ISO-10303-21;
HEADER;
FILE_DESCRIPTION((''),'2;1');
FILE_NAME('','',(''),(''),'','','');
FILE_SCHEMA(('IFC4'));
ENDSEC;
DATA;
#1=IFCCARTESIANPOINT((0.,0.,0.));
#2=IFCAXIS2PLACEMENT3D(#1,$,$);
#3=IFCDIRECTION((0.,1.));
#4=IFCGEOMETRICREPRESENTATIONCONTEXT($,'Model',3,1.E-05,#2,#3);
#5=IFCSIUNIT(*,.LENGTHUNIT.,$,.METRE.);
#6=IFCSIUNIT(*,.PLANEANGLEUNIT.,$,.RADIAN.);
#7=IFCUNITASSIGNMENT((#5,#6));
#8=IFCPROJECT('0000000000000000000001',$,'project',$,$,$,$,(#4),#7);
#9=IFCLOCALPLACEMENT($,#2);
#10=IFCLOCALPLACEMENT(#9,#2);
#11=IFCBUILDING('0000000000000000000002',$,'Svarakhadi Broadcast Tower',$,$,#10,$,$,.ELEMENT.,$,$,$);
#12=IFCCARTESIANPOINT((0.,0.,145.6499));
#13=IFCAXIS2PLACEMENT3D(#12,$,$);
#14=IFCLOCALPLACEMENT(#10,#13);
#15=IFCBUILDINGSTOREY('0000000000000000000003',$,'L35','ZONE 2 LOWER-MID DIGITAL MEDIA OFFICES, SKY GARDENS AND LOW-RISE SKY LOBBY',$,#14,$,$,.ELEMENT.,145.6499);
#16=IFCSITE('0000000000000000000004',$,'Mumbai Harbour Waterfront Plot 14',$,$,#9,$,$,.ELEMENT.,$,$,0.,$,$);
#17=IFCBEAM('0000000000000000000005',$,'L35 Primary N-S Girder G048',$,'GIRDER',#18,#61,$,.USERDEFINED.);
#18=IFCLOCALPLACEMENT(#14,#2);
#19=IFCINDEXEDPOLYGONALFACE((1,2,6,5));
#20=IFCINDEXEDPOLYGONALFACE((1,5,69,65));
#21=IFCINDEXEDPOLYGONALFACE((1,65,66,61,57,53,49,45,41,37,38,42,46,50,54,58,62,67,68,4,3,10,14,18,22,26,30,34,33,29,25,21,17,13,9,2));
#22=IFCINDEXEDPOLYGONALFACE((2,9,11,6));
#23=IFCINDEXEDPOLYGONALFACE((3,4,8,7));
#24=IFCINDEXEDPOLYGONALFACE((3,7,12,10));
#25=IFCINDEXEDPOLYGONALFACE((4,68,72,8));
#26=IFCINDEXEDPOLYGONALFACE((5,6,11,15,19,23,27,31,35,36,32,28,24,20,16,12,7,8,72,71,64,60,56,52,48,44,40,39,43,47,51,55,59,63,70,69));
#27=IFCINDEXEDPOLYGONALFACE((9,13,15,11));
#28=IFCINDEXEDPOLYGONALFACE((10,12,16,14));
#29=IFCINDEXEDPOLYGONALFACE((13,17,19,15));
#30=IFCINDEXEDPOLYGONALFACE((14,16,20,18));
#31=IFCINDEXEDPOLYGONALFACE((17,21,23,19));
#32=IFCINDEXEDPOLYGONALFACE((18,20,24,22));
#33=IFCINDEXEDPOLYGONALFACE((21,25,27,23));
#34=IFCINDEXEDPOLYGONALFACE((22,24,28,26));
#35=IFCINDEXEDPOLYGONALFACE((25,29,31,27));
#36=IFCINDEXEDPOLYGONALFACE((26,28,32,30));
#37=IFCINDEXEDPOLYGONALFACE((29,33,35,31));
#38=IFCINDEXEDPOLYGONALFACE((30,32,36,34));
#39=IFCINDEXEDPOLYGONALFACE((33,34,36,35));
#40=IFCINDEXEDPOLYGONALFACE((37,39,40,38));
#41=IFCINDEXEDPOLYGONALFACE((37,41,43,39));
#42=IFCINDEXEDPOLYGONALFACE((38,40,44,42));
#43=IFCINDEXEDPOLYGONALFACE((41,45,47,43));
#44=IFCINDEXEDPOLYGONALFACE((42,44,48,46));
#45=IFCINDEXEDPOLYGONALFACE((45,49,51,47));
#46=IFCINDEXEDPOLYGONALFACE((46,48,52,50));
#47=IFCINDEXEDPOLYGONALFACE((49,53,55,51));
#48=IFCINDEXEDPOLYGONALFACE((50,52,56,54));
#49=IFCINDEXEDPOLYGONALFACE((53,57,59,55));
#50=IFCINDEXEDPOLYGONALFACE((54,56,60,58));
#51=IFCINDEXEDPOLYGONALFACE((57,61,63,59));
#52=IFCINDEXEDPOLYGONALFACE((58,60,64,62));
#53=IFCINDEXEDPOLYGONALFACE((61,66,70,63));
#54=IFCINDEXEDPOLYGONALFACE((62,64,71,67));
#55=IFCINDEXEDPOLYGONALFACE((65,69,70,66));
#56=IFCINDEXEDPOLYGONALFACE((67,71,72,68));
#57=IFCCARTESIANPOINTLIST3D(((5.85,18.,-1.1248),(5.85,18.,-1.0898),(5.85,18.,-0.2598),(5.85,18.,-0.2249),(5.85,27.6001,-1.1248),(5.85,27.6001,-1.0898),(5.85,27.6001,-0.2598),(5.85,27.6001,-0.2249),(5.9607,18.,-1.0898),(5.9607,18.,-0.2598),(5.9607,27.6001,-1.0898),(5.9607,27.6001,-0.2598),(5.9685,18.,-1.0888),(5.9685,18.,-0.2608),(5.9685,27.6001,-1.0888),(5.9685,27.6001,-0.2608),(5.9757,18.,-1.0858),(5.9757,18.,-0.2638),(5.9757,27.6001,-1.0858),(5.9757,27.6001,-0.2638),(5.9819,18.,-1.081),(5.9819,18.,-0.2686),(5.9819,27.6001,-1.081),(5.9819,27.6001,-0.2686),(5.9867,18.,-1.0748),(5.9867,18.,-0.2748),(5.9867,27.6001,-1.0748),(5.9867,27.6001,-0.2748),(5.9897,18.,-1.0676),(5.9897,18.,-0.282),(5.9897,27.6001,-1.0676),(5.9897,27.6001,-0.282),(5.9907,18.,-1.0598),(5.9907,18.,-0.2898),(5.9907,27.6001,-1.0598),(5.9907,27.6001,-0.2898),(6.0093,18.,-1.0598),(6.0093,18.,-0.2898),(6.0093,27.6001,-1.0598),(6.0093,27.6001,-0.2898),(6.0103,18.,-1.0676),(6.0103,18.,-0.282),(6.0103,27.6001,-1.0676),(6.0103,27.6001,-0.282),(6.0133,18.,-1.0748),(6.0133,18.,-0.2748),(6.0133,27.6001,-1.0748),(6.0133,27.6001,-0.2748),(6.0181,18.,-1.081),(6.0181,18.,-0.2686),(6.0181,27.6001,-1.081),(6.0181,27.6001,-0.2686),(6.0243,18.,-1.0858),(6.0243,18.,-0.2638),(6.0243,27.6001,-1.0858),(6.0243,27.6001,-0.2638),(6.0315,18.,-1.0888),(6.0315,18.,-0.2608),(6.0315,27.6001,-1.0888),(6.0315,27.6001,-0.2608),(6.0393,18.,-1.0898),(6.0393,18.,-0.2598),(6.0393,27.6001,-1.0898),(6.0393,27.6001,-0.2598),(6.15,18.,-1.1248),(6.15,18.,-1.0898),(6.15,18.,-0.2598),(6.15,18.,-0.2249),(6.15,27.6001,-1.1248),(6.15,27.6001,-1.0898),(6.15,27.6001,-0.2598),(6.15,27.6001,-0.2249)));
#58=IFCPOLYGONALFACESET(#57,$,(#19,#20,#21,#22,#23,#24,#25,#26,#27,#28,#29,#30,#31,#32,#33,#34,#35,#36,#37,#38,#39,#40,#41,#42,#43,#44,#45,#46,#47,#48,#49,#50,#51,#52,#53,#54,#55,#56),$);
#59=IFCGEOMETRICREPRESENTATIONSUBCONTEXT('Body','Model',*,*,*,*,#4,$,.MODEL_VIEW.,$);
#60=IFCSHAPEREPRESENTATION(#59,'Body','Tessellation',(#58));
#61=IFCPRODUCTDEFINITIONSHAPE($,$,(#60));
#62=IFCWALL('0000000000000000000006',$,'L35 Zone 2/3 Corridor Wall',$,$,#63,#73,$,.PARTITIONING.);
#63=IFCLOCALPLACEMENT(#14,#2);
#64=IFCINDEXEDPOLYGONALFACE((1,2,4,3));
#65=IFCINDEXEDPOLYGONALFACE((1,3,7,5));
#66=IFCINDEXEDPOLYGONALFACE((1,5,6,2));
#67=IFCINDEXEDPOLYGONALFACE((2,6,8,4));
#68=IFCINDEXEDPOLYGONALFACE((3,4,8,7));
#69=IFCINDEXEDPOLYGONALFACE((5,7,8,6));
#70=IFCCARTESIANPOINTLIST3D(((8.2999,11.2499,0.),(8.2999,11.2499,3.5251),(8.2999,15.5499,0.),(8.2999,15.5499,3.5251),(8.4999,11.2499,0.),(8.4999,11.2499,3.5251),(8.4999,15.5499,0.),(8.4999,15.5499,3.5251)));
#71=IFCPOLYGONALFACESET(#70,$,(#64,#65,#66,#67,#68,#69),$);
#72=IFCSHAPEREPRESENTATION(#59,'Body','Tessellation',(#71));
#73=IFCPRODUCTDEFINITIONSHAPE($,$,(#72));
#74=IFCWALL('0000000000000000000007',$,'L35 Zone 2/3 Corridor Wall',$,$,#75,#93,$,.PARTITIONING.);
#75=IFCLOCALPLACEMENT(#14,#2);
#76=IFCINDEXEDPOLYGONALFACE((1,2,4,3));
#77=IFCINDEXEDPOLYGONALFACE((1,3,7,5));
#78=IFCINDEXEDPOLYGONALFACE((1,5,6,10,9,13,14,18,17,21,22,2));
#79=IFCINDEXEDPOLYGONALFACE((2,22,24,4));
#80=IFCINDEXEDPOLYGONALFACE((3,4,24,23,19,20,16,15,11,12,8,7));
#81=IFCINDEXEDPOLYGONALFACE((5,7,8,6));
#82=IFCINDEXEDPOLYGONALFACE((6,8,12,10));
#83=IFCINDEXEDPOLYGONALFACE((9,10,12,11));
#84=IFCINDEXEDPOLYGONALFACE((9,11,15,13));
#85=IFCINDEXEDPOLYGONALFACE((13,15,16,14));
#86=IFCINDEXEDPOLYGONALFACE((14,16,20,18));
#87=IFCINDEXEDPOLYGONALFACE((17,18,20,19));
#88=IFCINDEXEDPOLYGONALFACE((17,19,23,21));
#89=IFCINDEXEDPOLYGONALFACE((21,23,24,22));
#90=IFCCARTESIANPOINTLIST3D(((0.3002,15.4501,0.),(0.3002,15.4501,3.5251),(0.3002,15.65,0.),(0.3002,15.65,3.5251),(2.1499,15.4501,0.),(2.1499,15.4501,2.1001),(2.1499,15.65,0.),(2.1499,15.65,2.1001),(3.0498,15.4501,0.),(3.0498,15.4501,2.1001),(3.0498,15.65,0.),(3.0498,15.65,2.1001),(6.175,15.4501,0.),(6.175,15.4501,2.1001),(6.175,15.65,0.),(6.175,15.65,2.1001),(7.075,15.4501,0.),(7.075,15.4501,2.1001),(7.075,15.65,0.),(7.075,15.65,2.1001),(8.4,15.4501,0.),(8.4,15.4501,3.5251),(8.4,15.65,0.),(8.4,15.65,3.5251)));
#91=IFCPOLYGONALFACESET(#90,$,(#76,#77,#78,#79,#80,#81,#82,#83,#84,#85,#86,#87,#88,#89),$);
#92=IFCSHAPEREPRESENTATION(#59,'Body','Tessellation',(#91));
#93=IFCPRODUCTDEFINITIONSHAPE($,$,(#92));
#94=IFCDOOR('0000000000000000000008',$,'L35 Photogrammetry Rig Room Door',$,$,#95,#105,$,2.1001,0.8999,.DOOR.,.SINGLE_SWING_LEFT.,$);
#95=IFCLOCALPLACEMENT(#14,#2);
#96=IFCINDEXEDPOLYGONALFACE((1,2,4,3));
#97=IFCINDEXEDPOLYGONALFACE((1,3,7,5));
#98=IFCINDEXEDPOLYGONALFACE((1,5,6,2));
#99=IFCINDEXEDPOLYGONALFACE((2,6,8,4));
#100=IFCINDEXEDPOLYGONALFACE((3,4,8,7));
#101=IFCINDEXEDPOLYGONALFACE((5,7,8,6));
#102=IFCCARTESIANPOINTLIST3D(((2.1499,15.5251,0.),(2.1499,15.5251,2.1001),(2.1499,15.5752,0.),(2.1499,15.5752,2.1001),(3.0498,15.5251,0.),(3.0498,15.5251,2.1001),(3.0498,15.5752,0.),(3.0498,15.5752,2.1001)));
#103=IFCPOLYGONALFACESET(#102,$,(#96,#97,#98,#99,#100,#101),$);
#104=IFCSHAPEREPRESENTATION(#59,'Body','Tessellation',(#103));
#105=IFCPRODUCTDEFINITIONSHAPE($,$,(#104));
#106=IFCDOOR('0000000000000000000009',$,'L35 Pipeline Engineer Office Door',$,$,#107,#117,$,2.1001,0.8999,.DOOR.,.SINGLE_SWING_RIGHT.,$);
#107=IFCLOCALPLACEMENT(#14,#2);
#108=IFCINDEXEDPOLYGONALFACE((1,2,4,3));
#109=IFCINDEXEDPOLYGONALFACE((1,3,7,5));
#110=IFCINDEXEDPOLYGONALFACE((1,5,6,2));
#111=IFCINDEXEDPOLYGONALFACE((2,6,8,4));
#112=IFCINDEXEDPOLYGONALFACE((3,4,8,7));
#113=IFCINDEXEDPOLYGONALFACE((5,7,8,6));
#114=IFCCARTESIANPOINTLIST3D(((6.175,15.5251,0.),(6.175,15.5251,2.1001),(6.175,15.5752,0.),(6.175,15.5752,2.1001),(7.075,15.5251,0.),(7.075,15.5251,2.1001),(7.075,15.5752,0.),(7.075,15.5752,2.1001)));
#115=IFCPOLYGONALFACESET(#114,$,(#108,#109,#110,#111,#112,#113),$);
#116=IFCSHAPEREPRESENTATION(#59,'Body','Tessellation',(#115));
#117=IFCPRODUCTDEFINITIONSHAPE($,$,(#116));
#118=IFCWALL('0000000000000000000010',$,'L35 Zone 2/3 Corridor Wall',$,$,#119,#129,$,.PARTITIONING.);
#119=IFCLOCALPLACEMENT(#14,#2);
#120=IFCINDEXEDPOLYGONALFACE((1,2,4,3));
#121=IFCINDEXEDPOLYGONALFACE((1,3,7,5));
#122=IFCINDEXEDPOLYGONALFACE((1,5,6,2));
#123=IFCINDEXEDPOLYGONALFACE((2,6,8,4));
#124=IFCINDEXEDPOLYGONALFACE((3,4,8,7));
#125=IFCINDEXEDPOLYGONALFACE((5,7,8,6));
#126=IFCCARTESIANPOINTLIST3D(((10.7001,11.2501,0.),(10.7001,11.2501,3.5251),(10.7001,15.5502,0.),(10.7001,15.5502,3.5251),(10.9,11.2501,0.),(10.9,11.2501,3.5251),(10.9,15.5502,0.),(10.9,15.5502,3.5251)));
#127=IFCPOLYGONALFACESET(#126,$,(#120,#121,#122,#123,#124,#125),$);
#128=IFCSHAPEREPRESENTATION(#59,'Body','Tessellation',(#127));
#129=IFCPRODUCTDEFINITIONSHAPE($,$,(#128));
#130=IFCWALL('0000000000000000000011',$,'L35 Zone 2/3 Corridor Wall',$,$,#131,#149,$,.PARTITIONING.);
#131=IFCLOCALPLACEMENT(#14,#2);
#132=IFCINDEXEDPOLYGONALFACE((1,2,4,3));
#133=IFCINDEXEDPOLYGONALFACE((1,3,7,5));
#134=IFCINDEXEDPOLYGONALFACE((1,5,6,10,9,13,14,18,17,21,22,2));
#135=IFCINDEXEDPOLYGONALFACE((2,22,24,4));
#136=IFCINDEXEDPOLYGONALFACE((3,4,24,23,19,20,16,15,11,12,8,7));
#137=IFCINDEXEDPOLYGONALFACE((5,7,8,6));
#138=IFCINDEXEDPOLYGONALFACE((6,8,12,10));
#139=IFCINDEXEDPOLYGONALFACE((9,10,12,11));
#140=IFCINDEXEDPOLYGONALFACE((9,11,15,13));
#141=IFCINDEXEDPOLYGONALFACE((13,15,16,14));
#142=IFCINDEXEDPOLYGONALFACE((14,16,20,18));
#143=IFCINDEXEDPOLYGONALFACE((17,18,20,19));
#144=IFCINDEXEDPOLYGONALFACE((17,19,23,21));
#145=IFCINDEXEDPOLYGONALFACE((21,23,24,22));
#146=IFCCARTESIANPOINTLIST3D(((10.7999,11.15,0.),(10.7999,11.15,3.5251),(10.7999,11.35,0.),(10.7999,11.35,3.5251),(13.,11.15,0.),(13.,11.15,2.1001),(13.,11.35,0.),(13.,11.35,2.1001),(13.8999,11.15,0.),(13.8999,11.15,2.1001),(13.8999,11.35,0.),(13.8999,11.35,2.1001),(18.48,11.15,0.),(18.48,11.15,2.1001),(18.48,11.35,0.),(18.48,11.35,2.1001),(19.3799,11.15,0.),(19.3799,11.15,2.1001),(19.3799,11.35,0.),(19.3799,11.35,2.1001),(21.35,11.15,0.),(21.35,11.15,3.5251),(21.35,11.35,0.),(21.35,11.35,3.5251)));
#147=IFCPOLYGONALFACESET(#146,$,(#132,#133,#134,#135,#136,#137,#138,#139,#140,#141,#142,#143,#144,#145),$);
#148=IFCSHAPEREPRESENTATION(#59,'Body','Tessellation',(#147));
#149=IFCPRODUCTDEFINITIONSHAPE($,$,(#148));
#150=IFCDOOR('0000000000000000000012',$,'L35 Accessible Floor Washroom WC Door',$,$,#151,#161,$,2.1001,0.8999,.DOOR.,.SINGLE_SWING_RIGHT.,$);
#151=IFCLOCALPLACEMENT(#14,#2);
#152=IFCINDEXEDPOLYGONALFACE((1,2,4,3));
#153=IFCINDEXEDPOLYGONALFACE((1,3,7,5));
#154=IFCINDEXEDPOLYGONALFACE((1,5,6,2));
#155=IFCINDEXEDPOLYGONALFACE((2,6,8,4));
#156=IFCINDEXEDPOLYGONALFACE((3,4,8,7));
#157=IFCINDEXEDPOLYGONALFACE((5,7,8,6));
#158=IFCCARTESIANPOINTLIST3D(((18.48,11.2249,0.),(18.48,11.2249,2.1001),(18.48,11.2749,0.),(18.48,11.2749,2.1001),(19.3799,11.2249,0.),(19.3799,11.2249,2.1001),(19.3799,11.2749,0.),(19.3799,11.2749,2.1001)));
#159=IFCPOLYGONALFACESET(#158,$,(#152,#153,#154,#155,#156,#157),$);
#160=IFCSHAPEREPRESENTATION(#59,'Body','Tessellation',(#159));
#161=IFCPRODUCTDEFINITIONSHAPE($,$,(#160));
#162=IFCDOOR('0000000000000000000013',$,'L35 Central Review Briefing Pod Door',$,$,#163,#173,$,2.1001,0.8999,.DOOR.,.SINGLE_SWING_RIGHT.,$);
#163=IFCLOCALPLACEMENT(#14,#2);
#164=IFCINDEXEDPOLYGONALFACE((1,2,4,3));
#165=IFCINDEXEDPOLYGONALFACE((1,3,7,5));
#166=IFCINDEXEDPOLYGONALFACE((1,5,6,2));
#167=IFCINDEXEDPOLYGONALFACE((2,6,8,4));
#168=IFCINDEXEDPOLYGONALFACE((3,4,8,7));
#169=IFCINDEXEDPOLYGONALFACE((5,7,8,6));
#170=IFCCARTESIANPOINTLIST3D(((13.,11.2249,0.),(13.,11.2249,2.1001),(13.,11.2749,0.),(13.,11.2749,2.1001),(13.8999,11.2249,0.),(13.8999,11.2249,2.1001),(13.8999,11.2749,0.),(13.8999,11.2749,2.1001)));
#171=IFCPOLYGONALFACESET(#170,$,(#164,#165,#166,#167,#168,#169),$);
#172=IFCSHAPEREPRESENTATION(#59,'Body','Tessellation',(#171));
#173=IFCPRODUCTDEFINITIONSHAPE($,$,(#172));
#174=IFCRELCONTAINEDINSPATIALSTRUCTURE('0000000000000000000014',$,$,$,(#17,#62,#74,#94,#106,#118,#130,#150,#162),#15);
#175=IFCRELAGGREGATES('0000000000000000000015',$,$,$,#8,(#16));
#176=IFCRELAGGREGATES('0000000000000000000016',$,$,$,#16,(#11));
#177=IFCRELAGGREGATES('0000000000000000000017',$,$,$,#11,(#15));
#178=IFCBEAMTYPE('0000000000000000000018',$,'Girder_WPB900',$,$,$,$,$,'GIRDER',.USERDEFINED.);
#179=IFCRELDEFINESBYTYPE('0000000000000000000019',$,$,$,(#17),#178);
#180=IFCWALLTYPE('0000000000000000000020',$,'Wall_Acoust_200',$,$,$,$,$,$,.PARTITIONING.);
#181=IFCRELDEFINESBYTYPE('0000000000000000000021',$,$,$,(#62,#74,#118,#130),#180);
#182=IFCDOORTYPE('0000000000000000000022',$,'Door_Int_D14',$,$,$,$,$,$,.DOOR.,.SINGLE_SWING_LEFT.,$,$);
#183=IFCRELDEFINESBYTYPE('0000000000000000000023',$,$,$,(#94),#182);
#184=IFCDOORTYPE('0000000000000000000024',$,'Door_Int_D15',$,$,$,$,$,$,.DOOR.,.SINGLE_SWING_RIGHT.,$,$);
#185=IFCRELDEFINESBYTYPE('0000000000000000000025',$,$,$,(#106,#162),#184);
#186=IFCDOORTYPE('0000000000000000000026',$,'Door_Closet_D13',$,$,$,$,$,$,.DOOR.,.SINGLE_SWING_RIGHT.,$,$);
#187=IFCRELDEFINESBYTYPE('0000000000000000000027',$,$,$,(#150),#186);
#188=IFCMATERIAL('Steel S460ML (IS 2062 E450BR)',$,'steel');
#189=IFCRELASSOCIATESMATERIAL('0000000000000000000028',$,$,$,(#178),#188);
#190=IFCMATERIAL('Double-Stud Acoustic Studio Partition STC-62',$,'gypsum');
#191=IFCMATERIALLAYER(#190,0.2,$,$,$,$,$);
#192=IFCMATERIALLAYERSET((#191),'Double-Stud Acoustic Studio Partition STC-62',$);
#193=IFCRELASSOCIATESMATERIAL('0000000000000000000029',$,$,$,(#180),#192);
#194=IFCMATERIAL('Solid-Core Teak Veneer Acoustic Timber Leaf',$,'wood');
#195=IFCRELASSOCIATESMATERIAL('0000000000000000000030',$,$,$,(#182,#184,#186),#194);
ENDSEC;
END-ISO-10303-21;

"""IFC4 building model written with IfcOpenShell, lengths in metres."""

from ifc_helpers import new_model, si_unit, direction, frame, frame_2d, origin, origin_2d, place, context, subcontext, project, spatial, rectangle, i_section, extrude, material, layer, layer_set, material_profile, profile_set, type_object, element, fill, save


model = new_model("IFC4")

# Units and contexts
model_context = context("Model", 3, precision=1e-05, world=origin(), true_north=direction((0.0, 1.0)))
body_context = subcontext(model_context, "Body", "Model", "MODEL_VIEW")
ifc_project = project(units=[si_unit("LENGTHUNIT", "METRE"), si_unit("PLANEANGLEUNIT", "RADIAN")], contexts=[model_context])

# Site, building, storey
site_placement = place(None, origin())
site = spatial("IfcSite", under=ifc_project, at=site_placement, Name="Mumbai Harbour Waterfront Plot 14", CompositionType="ELEMENT", RefElevation=0.0)
building_placement = place(site_placement, origin())
building = spatial("IfcBuilding", under=site, at=building_placement, Name="Svarakhadi Broadcast Tower", CompositionType="ELEMENT")
storey_placement = place(building_placement, frame((0.0, 0.0, 145.6499)))
storey = spatial("IfcBuildingStorey", under=building, at=storey_placement, Name="L35", Description="ZONE 2 LOWER-MID DIGITAL MEDIA OFFICES, SKY GARDENS AND LOW-RISE SKY LOBBY", CompositionType="ELEMENT", Elevation=145.6499)

# Beam
ifc_material_1 = material(Name="Steel S460ML (IS 2062 E450BR)", Category="steel")
ifc_material_profile_1 = material_profile(ifc_material_1, i_section(OverallWidth=0.3, OverallDepth=0.8999, WebThickness=0.0186, FlangeThickness=0.0349, FilletRadius=0.03, at=origin_2d()), Name="WPB 900x300x291")
ifc_profile_set_1 = profile_set([ifc_material_profile_1], Name="Steel S460ML (IS 2062 E450BR)")
beam_type_1 = type_object("IfcBeamType", Name="Girder_WPB900", ElementType="GIRDER", PredefinedType="USERDEFINED", material=ifc_profile_set_1)
beam_1_placement = place(storey_placement, frame((6.0, 18.0, -0.6748), z_axis=(0.0, 1.0, 0.0), x_axis=(-1.0, 0.0, 0.0)))
element("IfcBeam", 1, at=beam_1_placement, inside=storey, type_object=beam_type_1, Name="L35 Primary N-S Girder G048", ObjectType="GIRDER", PredefinedType="USERDEFINED", context=body_context, shape_type="SweptSolid", body=[
    extrude(i_section(OverallWidth=0.3, OverallDepth=0.8999, WebThickness=0.0186, FlangeThickness=0.0349, FilletRadius=0.03, at=origin_2d()), origin(), (0.0, 0.0, 1.0), 9.6001),
])

# Wall
ifc_material_2 = material(Name="Double-Stud Acoustic Studio Partition STC-62", Category="gypsum")
ifc_layer_1 = layer(ifc_material_2, 0.2)
ifc_layer_set_1 = layer_set([ifc_layer_1], Name="Double-Stud Acoustic Studio Partition STC-62")
wall_type_1 = type_object("IfcWallType", Name="Wall_Acoust_200", PredefinedType="PARTITIONING", material=ifc_layer_set_1)
wall_1_placement = place(storey_placement, frame((8.3999, 11.25, 0.0), z_axis=(0.0, 0.0, 1.0), x_axis=(0.0, 1.0, 0.0)))
element("IfcWall", 2, at=wall_1_placement, inside=storey, type_object=wall_type_1, Name="L35 Zone 2/3 Corridor Wall", PredefinedType="PARTITIONING", context=body_context, shape_type="SweptSolid", body=[
    extrude(rectangle(XDim=4.3, YDim=0.2, at=frame_2d((2.1499, 0.0))), origin(), (0.0, 0.0, 1.0), 3.5251),
])

# Wall, openings, doors
wall_2_placement = place(storey_placement, frame((8.3999, 15.55, 0.0), z_axis=(0.0, 0.0, 1.0), x_axis=(-1.0, 0.0, 0.0)))
wall_2 = element("IfcWall", 3, at=wall_2_placement, inside=storey, type_object=wall_type_1, Name="L35 Zone 2/3 Corridor Wall", PredefinedType="PARTITIONING", context=body_context, shape_type="SweptSolid", body=[
    extrude(rectangle(XDim=8.0999, YDim=0.2, at=frame_2d((4.0498, 0.0))), origin(), (0.0, 0.0, 1.0), 3.5251),
])
opening_1_placement = place(wall_2_placement, frame((5.3501, 0.0, 0.0)))
opening_1 = element("IfcOpeningElement", 4, at=opening_1_placement, cuts=wall_2, PredefinedType="OPENING", context=body_context, shape_type="SweptSolid", body=[
    extrude(rectangle(XDim=0.8999, YDim=2.1001, at=frame_2d((0.45, 1.05))), frame((0.0, 0.1099, 0.0), z_axis=(0.0, -1.0, 0.0), x_axis=(1.0, 0.0, 0.0)), (0.0, 0.0, 1.0), 0.22),
])
opening_2_placement = place(wall_2_placement, frame((1.325, 0.0, 0.0)))
opening_2 = element("IfcOpeningElement", 5, at=opening_2_placement, cuts=wall_2, PredefinedType="OPENING", context=body_context, shape_type="SweptSolid", body=[
    extrude(rectangle(XDim=0.8999, YDim=2.1001, at=frame_2d((0.45, 1.05))), frame((0.0, 0.1099, 0.0), z_axis=(0.0, -1.0, 0.0), x_axis=(1.0, 0.0, 0.0)), (0.0, 0.0, 1.0), 0.22),
])
ifc_material_3 = material(Name="Solid-Core Teak Veneer Acoustic Timber Leaf", Category="wood")
door_type_1 = type_object("IfcDoorType", Name="Door_Int_D14", OperationType="SINGLE_SWING_LEFT", PredefinedType="DOOR", material=ifc_material_3)
door_1_placement = place(opening_1_placement, origin())
door_1 = element("IfcDoor", 6, at=door_1_placement, inside=storey, type_object=door_type_1, Name="L35 Photogrammetry Rig Room Door", OperationType="SINGLE_SWING_LEFT", OverallHeight=2.1001, OverallWidth=0.8999, PredefinedType="DOOR", context=body_context, shape_type="SweptSolid", body=[
    extrude(rectangle(XDim=0.8999, YDim=2.1001, at=frame_2d((0.45, 1.05))), frame((0.0, 0.0249, 0.0), z_axis=(0.0, -1.0, 0.0), x_axis=(1.0, 0.0, 0.0)), (0.0, 0.0, 1.0), 0.05),
])
fill(opening_1, door_1)
door_type_2 = type_object("IfcDoorType", Name="Door_Int_D15", OperationType="SINGLE_SWING_RIGHT", PredefinedType="DOOR", material=ifc_material_3)
door_2_placement = place(opening_2_placement, origin())
door_2 = element("IfcDoor", 7, at=door_2_placement, inside=storey, type_object=door_type_2, Name="L35 Pipeline Engineer Office Door", OperationType="SINGLE_SWING_RIGHT", OverallHeight=2.1001, OverallWidth=0.8999, PredefinedType="DOOR", context=body_context, shape_type="SweptSolid", body=[
    extrude(rectangle(XDim=0.8999, YDim=2.1001, at=frame_2d((0.45, 1.05))), frame((0.0, 0.0249, 0.0), z_axis=(0.0, -1.0, 0.0), x_axis=(1.0, 0.0, 0.0)), (0.0, 0.0, 1.0), 0.05),
])
fill(opening_2, door_2)

# Wall
wall_3_placement = place(storey_placement, frame((10.8, 15.55, 0.0), z_axis=(0.0, 0.0, 1.0), x_axis=(0.0, -1.0, 0.0)))
element("IfcWall", 8, at=wall_3_placement, inside=storey, type_object=wall_type_1, Name="L35 Zone 2/3 Corridor Wall", PredefinedType="PARTITIONING", context=body_context, shape_type="SweptSolid", body=[
    extrude(rectangle(XDim=4.3, YDim=0.2, at=frame_2d((2.1499, 0.0))), origin(), (0.0, 0.0, 1.0), 3.5251),
])

# Wall, openings, doors
wall_4_placement = place(storey_placement, frame((10.8, 11.25, 0.0), z_axis=(0.0, 0.0, 1.0), x_axis=(1.0, 0.0, 0.0)))
wall_4 = element("IfcWall", 9, at=wall_4_placement, inside=storey, type_object=wall_type_1, Name="L35 Zone 2/3 Corridor Wall", PredefinedType="PARTITIONING", context=body_context, shape_type="SweptSolid", body=[
    extrude(rectangle(XDim=10.55, YDim=0.2, at=frame_2d((5.2749, 0.0))), origin(), (0.0, 0.0, 1.0), 3.5251),
])
opening_3_placement = place(wall_4_placement, frame((2.2, 0.0, 0.0)))
opening_3 = element("IfcOpeningElement", 10, at=opening_3_placement, cuts=wall_4, PredefinedType="OPENING", context=body_context, shape_type="SweptSolid", body=[
    extrude(rectangle(XDim=0.8999, YDim=2.1001, at=frame_2d((0.45, 1.05))), frame((0.0, 0.1099, 0.0), z_axis=(0.0, -1.0, 0.0), x_axis=(1.0, 0.0, 0.0)), (0.0, 0.0, 1.0), 0.22),
])
opening_4_placement = place(wall_4_placement, frame((7.6799, 0.0, 0.0)))
opening_4 = element("IfcOpeningElement", 11, at=opening_4_placement, cuts=wall_4, PredefinedType="OPENING", context=body_context, shape_type="SweptSolid", body=[
    extrude(rectangle(XDim=0.8999, YDim=2.1001, at=frame_2d((0.45, 1.05))), frame((0.0, 0.1099, 0.0), z_axis=(0.0, -1.0, 0.0), x_axis=(1.0, 0.0, 0.0)), (0.0, 0.0, 1.0), 0.22),
])
door_type_3 = type_object("IfcDoorType", Name="Door_Closet_D13", OperationType="SINGLE_SWING_RIGHT", PredefinedType="DOOR", material=ifc_material_3)
door_3_placement = place(opening_4_placement, origin())
door_3 = element("IfcDoor", 12, at=door_3_placement, inside=storey, type_object=door_type_3, Name="L35 Accessible Floor Washroom WC Door", OperationType="SINGLE_SWING_RIGHT", OverallHeight=2.1001, OverallWidth=0.8999, PredefinedType="DOOR", context=body_context, shape_type="SweptSolid", body=[
    extrude(rectangle(XDim=0.8999, YDim=2.1001, at=frame_2d((0.45, 1.05))), frame((0.0, 0.0249, 0.0), z_axis=(0.0, -1.0, 0.0), x_axis=(1.0, 0.0, 0.0)), (0.0, 0.0, 1.0), 0.05),
])
fill(opening_4, door_3)
door_4_placement = place(opening_3_placement, origin())
door_4 = element("IfcDoor", 13, at=door_4_placement, inside=storey, type_object=door_type_2, Name="L35 Central Review Briefing Pod Door", OperationType="SINGLE_SWING_RIGHT", OverallHeight=2.1001, OverallWidth=0.8999, PredefinedType="DOOR", context=body_context, shape_type="SweptSolid", body=[
    extrude(rectangle(XDim=0.8999, YDim=2.1001, at=frame_2d((0.45, 1.05))), frame((0.0, 0.0249, 0.0), z_axis=(0.0, -1.0, 0.0), x_axis=(1.0, 0.0, 0.0)), (0.0, 0.0, 1.0), 0.05),
])
fill(opening_3, door_4)

save(model, "model.ifc")
